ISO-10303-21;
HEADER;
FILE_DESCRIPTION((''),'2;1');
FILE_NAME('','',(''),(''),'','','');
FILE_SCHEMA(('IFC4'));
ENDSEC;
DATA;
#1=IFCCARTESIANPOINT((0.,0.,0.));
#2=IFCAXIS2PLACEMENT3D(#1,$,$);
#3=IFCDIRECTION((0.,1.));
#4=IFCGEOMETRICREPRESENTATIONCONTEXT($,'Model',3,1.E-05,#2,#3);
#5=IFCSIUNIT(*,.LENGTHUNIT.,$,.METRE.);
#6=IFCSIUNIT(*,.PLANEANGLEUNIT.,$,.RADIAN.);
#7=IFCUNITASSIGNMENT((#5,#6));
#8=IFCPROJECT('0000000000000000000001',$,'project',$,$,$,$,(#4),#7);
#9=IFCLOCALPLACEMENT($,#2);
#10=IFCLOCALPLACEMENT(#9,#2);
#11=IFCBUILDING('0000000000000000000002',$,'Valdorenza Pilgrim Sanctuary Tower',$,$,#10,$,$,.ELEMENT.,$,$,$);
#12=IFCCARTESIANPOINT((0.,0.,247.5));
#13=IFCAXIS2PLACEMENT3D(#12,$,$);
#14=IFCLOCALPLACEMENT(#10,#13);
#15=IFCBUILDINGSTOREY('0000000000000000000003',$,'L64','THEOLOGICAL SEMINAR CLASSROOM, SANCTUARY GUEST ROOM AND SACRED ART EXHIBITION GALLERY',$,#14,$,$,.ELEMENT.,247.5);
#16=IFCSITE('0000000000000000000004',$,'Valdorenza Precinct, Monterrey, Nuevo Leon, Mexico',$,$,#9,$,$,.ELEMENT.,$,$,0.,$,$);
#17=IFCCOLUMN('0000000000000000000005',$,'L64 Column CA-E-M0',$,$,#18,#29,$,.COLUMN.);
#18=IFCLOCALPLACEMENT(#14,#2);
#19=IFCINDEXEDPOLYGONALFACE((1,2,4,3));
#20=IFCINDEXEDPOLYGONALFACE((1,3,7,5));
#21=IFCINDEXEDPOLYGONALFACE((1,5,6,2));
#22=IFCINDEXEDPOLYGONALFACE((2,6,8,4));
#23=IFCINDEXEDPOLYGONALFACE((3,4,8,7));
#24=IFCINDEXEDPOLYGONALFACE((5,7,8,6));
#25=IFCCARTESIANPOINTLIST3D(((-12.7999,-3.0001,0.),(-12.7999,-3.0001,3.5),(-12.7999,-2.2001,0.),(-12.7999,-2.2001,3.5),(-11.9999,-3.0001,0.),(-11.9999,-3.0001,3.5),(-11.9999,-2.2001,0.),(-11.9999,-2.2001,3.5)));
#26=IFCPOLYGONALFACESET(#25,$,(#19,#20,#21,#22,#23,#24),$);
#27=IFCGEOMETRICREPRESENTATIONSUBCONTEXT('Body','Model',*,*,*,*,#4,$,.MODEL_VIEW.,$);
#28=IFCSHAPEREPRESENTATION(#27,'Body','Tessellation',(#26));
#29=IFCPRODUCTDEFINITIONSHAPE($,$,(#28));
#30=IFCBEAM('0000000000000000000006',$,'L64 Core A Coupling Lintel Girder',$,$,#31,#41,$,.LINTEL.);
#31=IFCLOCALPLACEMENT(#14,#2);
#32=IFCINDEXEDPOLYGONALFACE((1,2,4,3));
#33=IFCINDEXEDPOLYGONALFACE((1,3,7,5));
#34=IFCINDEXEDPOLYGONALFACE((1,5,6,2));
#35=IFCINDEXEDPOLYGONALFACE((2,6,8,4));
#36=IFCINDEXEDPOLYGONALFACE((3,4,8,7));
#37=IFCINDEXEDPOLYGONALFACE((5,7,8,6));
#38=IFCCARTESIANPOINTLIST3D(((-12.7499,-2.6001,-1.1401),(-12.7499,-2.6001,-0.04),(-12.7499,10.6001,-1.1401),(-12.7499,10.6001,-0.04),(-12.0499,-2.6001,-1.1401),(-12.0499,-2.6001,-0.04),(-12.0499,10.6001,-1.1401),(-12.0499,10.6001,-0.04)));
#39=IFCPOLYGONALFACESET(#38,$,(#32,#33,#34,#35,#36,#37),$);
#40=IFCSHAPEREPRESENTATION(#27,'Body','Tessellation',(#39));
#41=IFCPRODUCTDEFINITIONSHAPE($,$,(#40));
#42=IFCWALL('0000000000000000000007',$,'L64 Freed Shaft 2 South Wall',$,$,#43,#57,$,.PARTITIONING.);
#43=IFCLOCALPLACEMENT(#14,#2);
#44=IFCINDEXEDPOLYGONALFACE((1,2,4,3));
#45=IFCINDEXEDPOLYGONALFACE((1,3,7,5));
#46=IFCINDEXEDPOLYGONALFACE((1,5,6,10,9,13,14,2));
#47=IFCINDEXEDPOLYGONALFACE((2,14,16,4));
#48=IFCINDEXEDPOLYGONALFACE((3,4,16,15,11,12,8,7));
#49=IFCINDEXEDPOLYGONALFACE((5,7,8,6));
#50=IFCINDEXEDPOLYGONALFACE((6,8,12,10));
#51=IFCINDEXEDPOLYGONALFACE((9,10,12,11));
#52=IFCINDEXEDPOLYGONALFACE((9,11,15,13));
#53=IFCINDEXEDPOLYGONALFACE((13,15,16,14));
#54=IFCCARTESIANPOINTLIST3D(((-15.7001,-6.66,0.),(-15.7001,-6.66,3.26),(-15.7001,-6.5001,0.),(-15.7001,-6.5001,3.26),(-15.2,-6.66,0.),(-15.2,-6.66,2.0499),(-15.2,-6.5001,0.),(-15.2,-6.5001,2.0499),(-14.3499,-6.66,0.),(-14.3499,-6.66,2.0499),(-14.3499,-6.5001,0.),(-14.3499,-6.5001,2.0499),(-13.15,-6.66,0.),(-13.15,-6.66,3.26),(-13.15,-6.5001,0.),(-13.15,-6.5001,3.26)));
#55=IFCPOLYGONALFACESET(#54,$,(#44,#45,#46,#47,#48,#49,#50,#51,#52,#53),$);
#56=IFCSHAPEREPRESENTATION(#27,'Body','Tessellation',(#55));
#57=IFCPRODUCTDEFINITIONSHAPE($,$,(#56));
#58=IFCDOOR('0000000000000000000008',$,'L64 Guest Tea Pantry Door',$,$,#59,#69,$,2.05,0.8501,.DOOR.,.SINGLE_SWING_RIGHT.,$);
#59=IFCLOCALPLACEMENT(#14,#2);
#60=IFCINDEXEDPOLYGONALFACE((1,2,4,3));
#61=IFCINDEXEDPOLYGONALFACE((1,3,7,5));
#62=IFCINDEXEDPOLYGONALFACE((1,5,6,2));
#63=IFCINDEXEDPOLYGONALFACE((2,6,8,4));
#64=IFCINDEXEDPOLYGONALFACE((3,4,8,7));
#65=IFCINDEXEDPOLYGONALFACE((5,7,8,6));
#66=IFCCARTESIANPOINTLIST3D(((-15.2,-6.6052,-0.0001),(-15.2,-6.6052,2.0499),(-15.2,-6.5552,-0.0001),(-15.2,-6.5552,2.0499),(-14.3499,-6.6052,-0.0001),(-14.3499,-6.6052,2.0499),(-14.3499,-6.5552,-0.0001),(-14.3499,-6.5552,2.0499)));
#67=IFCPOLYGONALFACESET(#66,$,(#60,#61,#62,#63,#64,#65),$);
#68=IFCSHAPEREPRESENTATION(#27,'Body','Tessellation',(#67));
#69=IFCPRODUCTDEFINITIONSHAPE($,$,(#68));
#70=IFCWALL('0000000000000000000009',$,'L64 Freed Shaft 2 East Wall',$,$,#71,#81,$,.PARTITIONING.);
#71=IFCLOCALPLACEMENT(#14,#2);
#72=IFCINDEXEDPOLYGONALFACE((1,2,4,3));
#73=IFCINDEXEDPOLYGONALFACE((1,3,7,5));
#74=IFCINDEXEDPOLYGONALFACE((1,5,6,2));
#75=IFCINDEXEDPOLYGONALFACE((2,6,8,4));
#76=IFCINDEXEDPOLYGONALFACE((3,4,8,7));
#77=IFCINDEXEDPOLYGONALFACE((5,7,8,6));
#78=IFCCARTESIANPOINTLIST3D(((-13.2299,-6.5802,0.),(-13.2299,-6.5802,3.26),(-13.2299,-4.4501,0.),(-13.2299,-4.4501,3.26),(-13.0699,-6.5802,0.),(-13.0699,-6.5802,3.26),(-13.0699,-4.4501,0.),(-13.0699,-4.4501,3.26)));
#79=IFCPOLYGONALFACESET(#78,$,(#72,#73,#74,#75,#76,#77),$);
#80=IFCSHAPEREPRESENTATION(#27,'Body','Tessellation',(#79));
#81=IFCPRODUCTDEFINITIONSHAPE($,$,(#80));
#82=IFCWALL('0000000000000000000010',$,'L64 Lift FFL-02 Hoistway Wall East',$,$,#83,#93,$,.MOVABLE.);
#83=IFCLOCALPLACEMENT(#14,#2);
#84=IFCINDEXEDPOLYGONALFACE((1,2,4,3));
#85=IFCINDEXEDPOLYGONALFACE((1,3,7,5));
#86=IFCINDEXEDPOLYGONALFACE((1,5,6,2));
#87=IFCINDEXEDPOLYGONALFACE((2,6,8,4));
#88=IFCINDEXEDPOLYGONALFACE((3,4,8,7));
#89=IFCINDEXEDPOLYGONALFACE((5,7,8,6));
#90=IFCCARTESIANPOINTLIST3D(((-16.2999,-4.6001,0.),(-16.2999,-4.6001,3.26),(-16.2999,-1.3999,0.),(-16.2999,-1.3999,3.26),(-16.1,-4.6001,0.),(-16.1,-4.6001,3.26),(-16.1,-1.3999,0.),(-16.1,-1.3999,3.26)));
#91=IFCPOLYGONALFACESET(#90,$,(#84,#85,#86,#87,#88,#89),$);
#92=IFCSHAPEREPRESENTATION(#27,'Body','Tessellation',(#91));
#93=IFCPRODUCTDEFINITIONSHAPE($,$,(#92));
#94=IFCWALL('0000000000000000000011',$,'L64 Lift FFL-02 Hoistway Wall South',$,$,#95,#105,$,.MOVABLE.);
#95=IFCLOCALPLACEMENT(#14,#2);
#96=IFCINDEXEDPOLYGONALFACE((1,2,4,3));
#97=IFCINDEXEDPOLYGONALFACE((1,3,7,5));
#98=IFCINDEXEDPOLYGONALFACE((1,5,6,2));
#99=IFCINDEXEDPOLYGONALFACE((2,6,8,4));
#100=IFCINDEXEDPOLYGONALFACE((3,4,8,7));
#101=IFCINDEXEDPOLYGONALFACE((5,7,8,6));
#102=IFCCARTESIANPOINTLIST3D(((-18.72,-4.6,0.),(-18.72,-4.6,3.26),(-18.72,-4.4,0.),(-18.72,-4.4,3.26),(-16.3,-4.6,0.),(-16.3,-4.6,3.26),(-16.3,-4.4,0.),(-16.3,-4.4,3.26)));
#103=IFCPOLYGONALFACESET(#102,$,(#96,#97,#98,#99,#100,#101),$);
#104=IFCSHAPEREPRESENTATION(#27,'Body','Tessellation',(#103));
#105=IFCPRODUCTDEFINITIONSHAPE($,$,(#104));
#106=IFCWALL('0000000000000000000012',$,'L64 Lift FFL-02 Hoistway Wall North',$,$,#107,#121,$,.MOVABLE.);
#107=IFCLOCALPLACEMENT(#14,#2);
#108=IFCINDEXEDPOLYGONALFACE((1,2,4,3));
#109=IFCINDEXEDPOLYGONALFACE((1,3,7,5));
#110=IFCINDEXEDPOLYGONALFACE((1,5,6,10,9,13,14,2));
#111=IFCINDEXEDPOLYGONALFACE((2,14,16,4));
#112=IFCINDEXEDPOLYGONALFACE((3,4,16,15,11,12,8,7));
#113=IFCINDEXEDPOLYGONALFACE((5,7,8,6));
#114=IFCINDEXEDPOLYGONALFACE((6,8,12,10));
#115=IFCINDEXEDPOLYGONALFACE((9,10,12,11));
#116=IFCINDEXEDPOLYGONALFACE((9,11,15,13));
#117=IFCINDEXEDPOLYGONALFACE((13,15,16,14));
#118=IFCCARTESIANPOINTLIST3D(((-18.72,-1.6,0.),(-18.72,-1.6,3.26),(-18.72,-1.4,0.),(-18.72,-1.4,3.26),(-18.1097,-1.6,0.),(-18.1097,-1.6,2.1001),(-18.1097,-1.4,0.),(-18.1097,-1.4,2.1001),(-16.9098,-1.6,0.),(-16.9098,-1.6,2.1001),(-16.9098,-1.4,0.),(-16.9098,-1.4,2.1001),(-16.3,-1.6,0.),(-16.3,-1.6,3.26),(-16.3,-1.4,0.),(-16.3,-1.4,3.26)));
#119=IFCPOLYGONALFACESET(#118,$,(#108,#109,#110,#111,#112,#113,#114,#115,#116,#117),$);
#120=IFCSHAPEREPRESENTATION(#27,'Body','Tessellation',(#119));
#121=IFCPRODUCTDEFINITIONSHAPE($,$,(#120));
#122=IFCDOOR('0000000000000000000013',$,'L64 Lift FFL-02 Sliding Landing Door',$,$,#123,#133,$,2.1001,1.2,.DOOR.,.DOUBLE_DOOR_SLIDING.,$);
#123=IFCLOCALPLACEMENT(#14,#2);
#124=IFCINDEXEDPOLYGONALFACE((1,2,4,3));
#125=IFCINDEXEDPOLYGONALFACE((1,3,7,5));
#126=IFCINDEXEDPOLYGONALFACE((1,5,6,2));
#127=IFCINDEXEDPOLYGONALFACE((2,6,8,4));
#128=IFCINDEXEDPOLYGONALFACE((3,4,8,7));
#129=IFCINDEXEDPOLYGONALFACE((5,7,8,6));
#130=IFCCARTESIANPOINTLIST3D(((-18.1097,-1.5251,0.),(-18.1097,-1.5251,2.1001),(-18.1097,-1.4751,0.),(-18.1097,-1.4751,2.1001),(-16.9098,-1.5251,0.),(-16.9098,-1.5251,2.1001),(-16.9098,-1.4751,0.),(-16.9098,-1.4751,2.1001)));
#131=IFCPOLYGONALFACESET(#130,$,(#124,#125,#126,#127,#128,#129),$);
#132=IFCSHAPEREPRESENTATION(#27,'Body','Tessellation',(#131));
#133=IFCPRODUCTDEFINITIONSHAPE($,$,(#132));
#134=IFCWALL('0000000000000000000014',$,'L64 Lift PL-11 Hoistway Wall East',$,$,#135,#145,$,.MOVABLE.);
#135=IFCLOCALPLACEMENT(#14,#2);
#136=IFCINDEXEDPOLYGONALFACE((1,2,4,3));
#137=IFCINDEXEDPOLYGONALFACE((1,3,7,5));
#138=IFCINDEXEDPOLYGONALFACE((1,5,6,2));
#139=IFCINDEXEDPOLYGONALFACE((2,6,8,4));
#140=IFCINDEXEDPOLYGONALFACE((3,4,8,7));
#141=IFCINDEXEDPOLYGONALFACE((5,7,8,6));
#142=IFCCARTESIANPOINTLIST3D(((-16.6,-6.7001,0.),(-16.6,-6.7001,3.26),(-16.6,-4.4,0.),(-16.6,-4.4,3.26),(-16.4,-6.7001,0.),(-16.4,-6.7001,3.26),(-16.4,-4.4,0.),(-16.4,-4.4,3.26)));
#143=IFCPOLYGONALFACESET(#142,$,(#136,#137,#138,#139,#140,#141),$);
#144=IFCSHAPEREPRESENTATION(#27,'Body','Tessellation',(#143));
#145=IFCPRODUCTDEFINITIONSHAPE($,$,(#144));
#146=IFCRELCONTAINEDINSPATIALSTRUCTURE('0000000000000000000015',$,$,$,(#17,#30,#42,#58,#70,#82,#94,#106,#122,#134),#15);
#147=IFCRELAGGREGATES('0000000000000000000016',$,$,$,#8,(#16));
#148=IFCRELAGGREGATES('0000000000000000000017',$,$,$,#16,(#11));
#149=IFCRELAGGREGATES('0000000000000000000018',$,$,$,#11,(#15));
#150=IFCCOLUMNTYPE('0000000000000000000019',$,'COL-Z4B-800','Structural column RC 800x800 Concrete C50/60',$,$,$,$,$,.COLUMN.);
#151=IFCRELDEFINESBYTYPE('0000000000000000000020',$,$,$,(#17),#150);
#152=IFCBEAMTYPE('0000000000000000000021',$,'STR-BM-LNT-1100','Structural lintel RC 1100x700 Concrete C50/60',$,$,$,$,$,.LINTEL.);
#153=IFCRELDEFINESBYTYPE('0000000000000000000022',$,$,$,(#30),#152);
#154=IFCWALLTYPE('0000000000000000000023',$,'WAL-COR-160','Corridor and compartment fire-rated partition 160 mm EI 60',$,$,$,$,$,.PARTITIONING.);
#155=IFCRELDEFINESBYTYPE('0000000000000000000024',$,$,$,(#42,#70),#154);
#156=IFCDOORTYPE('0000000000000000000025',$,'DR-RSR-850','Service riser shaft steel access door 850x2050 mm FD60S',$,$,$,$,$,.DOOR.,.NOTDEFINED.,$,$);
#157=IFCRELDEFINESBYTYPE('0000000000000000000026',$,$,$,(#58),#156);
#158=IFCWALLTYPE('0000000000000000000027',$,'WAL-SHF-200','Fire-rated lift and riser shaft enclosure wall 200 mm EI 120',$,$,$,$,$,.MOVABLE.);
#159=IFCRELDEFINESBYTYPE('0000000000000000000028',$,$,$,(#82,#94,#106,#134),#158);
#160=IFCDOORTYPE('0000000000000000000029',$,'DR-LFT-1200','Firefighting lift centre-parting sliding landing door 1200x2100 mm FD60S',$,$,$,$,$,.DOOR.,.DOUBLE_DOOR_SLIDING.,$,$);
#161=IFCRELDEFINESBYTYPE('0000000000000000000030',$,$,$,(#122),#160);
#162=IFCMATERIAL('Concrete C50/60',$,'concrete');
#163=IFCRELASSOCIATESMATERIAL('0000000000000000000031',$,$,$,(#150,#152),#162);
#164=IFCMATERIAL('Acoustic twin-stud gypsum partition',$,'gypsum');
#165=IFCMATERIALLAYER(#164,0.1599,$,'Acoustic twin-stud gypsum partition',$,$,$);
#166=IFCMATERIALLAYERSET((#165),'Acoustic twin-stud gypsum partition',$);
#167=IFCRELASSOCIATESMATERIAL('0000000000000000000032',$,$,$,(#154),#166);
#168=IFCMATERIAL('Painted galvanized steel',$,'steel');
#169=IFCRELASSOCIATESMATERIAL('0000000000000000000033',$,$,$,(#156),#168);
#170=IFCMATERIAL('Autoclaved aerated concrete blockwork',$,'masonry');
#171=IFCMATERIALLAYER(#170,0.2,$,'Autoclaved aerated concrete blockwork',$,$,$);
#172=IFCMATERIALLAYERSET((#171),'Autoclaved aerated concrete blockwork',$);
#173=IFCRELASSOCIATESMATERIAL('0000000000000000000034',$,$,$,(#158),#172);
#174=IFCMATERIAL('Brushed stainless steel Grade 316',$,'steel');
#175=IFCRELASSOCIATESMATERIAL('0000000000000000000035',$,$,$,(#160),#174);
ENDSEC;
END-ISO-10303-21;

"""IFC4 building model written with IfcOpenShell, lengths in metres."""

from ifc_helpers import new_model, si_unit, direction, frame, frame_2d, origin, origin_2d, place, context, subcontext, project, spatial, rectangle, extrude, source, transform, mapped, material, layer, layer_set, material_profile, profile_set, type_object, element, fill, save


model = new_model("IFC4")

# Units and contexts
model_context = context("Model", 3, precision=1e-05, world=origin(), true_north=direction((0.0, 1.0)))
body_context = subcontext(model_context, "Body", "Model", "MODEL_VIEW")
ifc_project = project(units=[si_unit("LENGTHUNIT", "METRE"), si_unit("PLANEANGLEUNIT", "RADIAN")], contexts=[model_context])

# Site, building, storey
site_placement = place(None, origin())
site = spatial("IfcSite", under=ifc_project, at=site_placement, Name="Valdorenza Precinct, Monterrey, Nuevo Leon, Mexico", CompositionType="ELEMENT", RefElevation=0.0)
building_placement = place(site_placement, origin())
building = spatial("IfcBuilding", under=site, at=building_placement, Name="Valdorenza Pilgrim Sanctuary Tower", CompositionType="ELEMENT")
storey_placement = place(building_placement, frame((0.0, 0.0, 247.5)))
storey = spatial("IfcBuildingStorey", under=building, at=storey_placement, Name="L64", Description="THEOLOGICAL SEMINAR CLASSROOM, SANCTUARY GUEST ROOM AND SACRED ART EXHIBITION GALLERY", CompositionType="ELEMENT", Elevation=247.5)

# Column
ifc_material_1 = material(Name="Concrete C50/60", Category="concrete")
ifc_material_profile_1 = material_profile(ifc_material_1, rectangle(XDim=0.8, YDim=0.8, at=origin_2d()), Name="RC 800x800")
ifc_profile_set_1 = profile_set([ifc_material_profile_1], Name="Concrete C50/60")
column_type = type_object("IfcColumnType", Name="COL-Z4B-800", Description="Structural column RC 800x800 Concrete C50/60", PredefinedType="COLUMN", material=ifc_profile_set_1)
shared_shape_1 = source(origin(), body_context, "Body", "SweptSolid", [
    extrude(rectangle(XDim=0.8, YDim=0.8, at=origin_2d()), origin(), (0.0, 0.0, 1.0), 3.5),
])
column_placement = place(storey_placement, frame((-12.3999, -2.6001, 0.0), z_axis=(0.0, 0.0, 1.0), x_axis=(1.0, 0.0, 0.0)))
element("IfcColumn", 1, at=column_placement, inside=storey, type_object=column_type, Name="L64 Column CA-E-M0", PredefinedType="COLUMN", context=body_context, shape_type="MappedRepresentation", body=[
    mapped(shared_shape_1, transform((0.0, 0.0, 0.0), x_axis=(1.0, 0.0, 0.0), y_axis=(0.0, 1.0, 0.0), z_axis=(0.0, 0.0, 1.0), scale=1.0)),
])

# Beam
ifc_material_profile_2 = material_profile(ifc_material_1, rectangle(XDim=0.7, YDim=1.1001, at=origin_2d()), Name="RC 1100x700")
ifc_profile_set_2 = profile_set([ifc_material_profile_2], Name="Concrete C50/60")
beam_type = type_object("IfcBeamType", Name="STR-BM-LNT-1100", Description="Structural lintel RC 1100x700 Concrete C50/60", PredefinedType="LINTEL", material=ifc_profile_set_2)
shared_shape_2 = source(origin(), body_context, "Body", "SweptSolid", [
    extrude(rectangle(XDim=0.7, YDim=1.1001, at=origin_2d()), origin(), (0.0, 0.0, 1.0), 13.2002),
])
beam_placement = place(storey_placement, frame((-12.3999, -2.6001, -0.5901), z_axis=(0.0, 1.0, 0.0), x_axis=(-1.0, 0.0, 0.0)))
element("IfcBeam", 2, at=beam_placement, inside=storey, type_object=beam_type, Name="L64 Core A Coupling Lintel Girder", PredefinedType="LINTEL", context=body_context, shape_type="MappedRepresentation", body=[
    mapped(shared_shape_2, transform((0.0, 0.0, 0.0), x_axis=(1.0, 0.0, 0.0), y_axis=(0.0, 1.0, 0.0), z_axis=(0.0, 0.0, 1.0), scale=1.0)),
])

# Wall, opening, door
ifc_material_2 = material(Name="Acoustic twin-stud gypsum partition", Category="gypsum")
ifc_layer_1 = layer(ifc_material_2, 0.1599, Name="Acoustic twin-stud gypsum partition")
ifc_layer_set_1 = layer_set([ifc_layer_1], Name="Acoustic twin-stud gypsum partition")
wall_type_1 = type_object("IfcWallType", Name="WAL-COR-160", Description="Corridor and compartment fire-rated partition 160 mm EI 60", PredefinedType="PARTITIONING", material=ifc_layer_set_1)
wall_1_placement = place(storey_placement, frame((-15.7, -6.5801, 0.0), z_axis=(0.0, 0.0, 1.0), x_axis=(1.0, 0.0, 0.0)))
wall_1 = element("IfcWall", 3, at=wall_1_placement, inside=storey, type_object=wall_type_1, Name="L64 Freed Shaft 2 South Wall", PredefinedType="PARTITIONING", context=body_context, shape_type="SweptSolid", body=[
    extrude(rectangle(XDim=2.55, YDim=0.1599, at=frame_2d((1.2749, 0.0))), origin(), (0.0, 0.0, 1.0), 3.26),
])
opening_1_placement = place(wall_1_placement, frame((0.5, 0.0, 0.0)))
opening_1 = element("IfcOpeningElement", 4, at=opening_1_placement, cuts=wall_1, PredefinedType="OPENING", context=body_context, shape_type="SweptSolid", body=[
    extrude(rectangle(XDim=0.8501, YDim=2.05, at=frame_2d((0.425, 1.0249))), frame((0.0, 0.0947, 0.0), z_axis=(0.0, -1.0, 0.0), x_axis=(1.0, 0.0, 0.0)), (0.0, 0.0, 1.0), 0.1897),
])
ifc_material_3 = material(Name="Painted galvanized steel", Category="steel")
door_type_1 = type_object("IfcDoorType", Name="DR-RSR-850", Description="Service riser shaft steel access door 850x2050 mm FD60S", OperationType="NOTDEFINED", PredefinedType="DOOR", material=ifc_material_3)
door_1_placement = place(opening_1_placement, origin())
door_1 = element("IfcDoor", 5, at=door_1_placement, inside=storey, type_object=door_type_1, Name="L64 Guest Tea Pantry Door", OperationType="SINGLE_SWING_RIGHT", OverallHeight=2.05, OverallWidth=0.8501, PredefinedType="DOOR", context=body_context, shape_type="SweptSolid", body=[
    extrude(rectangle(XDim=0.8501, YDim=2.05, at=frame_2d((0.425, 1.0249))), frame((0.0, 0.0249, 0.0), z_axis=(0.0, -1.0, 0.0), x_axis=(1.0, 0.0, 0.0)), (0.0, 0.0, 1.0), 0.05),
])
fill(opening_1, door_1)

# Wall
wall_2_placement = place(storey_placement, frame((-13.1499, -6.5801, 0.0), z_axis=(0.0, 0.0, 1.0), x_axis=(0.0, 1.0, 0.0)))
element("IfcWall", 6, at=wall_2_placement, inside=storey, type_object=wall_type_1, Name="L64 Freed Shaft 2 East Wall", PredefinedType="PARTITIONING", context=body_context, shape_type="SweptSolid", body=[
    extrude(rectangle(XDim=2.1301, YDim=0.1599, at=frame_2d((1.0649, 0.0))), origin(), (0.0, 0.0, 1.0), 3.26),
])

# Walls
ifc_material_4 = material(Name="Autoclaved aerated concrete blockwork", Category="masonry")
ifc_layer_2 = layer(ifc_material_4, 0.2, Name="Autoclaved aerated concrete blockwork")
ifc_layer_set_2 = layer_set([ifc_layer_2], Name="Autoclaved aerated concrete blockwork")
wall_type_2 = type_object("IfcWallType", Name="WAL-SHF-200", Description="Fire-rated lift and riser shaft enclosure wall 200 mm EI 120", PredefinedType="MOVABLE", material=ifc_layer_set_2)
wall_3_placement = place(storey_placement, frame((-16.2, -4.6001, 0.0), z_axis=(0.0, 0.0, 1.0), x_axis=(0.0, 1.0, 0.0)))
element("IfcWall", 7, at=wall_3_placement, inside=storey, type_object=wall_type_2, Name="L64 Lift FFL-02 Hoistway Wall East", PredefinedType="MOVABLE", context=body_context, shape_type="SweptSolid", body=[
    extrude(rectangle(XDim=3.2002, YDim=0.2, at=frame_2d((1.6001, 0.0))), origin(), (0.0, 0.0, 1.0), 3.26),
])
wall_4_placement = place(storey_placement, frame((-18.72, -4.5, 0.0), z_axis=(0.0, 0.0, 1.0), x_axis=(1.0, 0.0, 0.0)))
element("IfcWall", 8, at=wall_4_placement, inside=storey, type_object=wall_type_2, Name="L64 Lift FFL-02 Hoistway Wall South", PredefinedType="MOVABLE", context=body_context, shape_type="SweptSolid", body=[
    extrude(rectangle(XDim=2.4199, YDim=0.2, at=frame_2d((1.21, 0.0))), origin(), (0.0, 0.0, 1.0), 3.26),
])

# Wall, opening, door
wall_5_placement = place(storey_placement, frame((-18.72, -1.5, 0.0), z_axis=(0.0, 0.0, 1.0), x_axis=(1.0, 0.0, 0.0)))
wall_5 = element("IfcWall", 9, at=wall_5_placement, inside=storey, type_object=wall_type_2, Name="L64 Lift FFL-02 Hoistway Wall North", PredefinedType="MOVABLE", context=body_context, shape_type="SweptSolid", body=[
    extrude(rectangle(XDim=2.4199, YDim=0.2, at=frame_2d((1.21, 0.0))), origin(), (0.0, 0.0, 1.0), 3.26),
])
opening_2_placement = place(wall_5_placement, frame((0.6101, 0.0, 0.0)))
opening_2 = element("IfcOpeningElement", 10, at=opening_2_placement, cuts=wall_5, PredefinedType="OPENING", context=body_context, shape_type="SweptSolid", body=[
    extrude(rectangle(XDim=1.2, YDim=2.1001, at=frame_2d((0.6001, 1.05))), frame((0.0, 0.1147, 0.0), z_axis=(0.0, -1.0, 0.0), x_axis=(1.0, 0.0, 0.0)), (0.0, 0.0, 1.0), 0.2297),
])
ifc_material_5 = material(Name="Brushed stainless steel Grade 316", Category="steel")
door_type_2 = type_object("IfcDoorType", Name="DR-LFT-1200", Description="Firefighting lift centre-parting sliding landing door 1200x2100 mm FD60S", OperationType="DOUBLE_DOOR_SLIDING", PredefinedType="DOOR", material=ifc_material_5)
door_2_placement = place(opening_2_placement, origin())
door_2 = element("IfcDoor", 11, at=door_2_placement, inside=storey, type_object=door_type_2, Name="L64 Lift FFL-02 Sliding Landing Door", OperationType="DOUBLE_DOOR_SLIDING", OverallHeight=2.1001, OverallWidth=1.2, PredefinedType="DOOR", context=body_context, shape_type="SweptSolid", body=[
    extrude(rectangle(XDim=1.2, YDim=2.1001, at=frame_2d((0.6001, 1.05))), frame((0.0, 0.0249, 0.0), z_axis=(0.0, -1.0, 0.0), x_axis=(1.0, 0.0, 0.0)), (0.0, 0.0, 1.0), 0.05),
])
fill(opening_2, door_2)

# Wall
wall_6_placement = place(storey_placement, frame((-16.5, -6.7, 0.0), z_axis=(0.0, 0.0, 1.0), x_axis=(0.0, 1.0, 0.0)))
element("IfcWall", 12, at=wall_6_placement, inside=storey, type_object=wall_type_2, Name="L64 Lift PL-11 Hoistway Wall East", PredefinedType="MOVABLE", context=body_context, shape_type="SweptSolid", body=[
    extrude(rectangle(XDim=2.3, YDim=0.2, at=frame_2d((1.1499, 0.0))), origin(), (0.0, 0.0, 1.0), 3.26),
])

save(model, "model.ifc")
